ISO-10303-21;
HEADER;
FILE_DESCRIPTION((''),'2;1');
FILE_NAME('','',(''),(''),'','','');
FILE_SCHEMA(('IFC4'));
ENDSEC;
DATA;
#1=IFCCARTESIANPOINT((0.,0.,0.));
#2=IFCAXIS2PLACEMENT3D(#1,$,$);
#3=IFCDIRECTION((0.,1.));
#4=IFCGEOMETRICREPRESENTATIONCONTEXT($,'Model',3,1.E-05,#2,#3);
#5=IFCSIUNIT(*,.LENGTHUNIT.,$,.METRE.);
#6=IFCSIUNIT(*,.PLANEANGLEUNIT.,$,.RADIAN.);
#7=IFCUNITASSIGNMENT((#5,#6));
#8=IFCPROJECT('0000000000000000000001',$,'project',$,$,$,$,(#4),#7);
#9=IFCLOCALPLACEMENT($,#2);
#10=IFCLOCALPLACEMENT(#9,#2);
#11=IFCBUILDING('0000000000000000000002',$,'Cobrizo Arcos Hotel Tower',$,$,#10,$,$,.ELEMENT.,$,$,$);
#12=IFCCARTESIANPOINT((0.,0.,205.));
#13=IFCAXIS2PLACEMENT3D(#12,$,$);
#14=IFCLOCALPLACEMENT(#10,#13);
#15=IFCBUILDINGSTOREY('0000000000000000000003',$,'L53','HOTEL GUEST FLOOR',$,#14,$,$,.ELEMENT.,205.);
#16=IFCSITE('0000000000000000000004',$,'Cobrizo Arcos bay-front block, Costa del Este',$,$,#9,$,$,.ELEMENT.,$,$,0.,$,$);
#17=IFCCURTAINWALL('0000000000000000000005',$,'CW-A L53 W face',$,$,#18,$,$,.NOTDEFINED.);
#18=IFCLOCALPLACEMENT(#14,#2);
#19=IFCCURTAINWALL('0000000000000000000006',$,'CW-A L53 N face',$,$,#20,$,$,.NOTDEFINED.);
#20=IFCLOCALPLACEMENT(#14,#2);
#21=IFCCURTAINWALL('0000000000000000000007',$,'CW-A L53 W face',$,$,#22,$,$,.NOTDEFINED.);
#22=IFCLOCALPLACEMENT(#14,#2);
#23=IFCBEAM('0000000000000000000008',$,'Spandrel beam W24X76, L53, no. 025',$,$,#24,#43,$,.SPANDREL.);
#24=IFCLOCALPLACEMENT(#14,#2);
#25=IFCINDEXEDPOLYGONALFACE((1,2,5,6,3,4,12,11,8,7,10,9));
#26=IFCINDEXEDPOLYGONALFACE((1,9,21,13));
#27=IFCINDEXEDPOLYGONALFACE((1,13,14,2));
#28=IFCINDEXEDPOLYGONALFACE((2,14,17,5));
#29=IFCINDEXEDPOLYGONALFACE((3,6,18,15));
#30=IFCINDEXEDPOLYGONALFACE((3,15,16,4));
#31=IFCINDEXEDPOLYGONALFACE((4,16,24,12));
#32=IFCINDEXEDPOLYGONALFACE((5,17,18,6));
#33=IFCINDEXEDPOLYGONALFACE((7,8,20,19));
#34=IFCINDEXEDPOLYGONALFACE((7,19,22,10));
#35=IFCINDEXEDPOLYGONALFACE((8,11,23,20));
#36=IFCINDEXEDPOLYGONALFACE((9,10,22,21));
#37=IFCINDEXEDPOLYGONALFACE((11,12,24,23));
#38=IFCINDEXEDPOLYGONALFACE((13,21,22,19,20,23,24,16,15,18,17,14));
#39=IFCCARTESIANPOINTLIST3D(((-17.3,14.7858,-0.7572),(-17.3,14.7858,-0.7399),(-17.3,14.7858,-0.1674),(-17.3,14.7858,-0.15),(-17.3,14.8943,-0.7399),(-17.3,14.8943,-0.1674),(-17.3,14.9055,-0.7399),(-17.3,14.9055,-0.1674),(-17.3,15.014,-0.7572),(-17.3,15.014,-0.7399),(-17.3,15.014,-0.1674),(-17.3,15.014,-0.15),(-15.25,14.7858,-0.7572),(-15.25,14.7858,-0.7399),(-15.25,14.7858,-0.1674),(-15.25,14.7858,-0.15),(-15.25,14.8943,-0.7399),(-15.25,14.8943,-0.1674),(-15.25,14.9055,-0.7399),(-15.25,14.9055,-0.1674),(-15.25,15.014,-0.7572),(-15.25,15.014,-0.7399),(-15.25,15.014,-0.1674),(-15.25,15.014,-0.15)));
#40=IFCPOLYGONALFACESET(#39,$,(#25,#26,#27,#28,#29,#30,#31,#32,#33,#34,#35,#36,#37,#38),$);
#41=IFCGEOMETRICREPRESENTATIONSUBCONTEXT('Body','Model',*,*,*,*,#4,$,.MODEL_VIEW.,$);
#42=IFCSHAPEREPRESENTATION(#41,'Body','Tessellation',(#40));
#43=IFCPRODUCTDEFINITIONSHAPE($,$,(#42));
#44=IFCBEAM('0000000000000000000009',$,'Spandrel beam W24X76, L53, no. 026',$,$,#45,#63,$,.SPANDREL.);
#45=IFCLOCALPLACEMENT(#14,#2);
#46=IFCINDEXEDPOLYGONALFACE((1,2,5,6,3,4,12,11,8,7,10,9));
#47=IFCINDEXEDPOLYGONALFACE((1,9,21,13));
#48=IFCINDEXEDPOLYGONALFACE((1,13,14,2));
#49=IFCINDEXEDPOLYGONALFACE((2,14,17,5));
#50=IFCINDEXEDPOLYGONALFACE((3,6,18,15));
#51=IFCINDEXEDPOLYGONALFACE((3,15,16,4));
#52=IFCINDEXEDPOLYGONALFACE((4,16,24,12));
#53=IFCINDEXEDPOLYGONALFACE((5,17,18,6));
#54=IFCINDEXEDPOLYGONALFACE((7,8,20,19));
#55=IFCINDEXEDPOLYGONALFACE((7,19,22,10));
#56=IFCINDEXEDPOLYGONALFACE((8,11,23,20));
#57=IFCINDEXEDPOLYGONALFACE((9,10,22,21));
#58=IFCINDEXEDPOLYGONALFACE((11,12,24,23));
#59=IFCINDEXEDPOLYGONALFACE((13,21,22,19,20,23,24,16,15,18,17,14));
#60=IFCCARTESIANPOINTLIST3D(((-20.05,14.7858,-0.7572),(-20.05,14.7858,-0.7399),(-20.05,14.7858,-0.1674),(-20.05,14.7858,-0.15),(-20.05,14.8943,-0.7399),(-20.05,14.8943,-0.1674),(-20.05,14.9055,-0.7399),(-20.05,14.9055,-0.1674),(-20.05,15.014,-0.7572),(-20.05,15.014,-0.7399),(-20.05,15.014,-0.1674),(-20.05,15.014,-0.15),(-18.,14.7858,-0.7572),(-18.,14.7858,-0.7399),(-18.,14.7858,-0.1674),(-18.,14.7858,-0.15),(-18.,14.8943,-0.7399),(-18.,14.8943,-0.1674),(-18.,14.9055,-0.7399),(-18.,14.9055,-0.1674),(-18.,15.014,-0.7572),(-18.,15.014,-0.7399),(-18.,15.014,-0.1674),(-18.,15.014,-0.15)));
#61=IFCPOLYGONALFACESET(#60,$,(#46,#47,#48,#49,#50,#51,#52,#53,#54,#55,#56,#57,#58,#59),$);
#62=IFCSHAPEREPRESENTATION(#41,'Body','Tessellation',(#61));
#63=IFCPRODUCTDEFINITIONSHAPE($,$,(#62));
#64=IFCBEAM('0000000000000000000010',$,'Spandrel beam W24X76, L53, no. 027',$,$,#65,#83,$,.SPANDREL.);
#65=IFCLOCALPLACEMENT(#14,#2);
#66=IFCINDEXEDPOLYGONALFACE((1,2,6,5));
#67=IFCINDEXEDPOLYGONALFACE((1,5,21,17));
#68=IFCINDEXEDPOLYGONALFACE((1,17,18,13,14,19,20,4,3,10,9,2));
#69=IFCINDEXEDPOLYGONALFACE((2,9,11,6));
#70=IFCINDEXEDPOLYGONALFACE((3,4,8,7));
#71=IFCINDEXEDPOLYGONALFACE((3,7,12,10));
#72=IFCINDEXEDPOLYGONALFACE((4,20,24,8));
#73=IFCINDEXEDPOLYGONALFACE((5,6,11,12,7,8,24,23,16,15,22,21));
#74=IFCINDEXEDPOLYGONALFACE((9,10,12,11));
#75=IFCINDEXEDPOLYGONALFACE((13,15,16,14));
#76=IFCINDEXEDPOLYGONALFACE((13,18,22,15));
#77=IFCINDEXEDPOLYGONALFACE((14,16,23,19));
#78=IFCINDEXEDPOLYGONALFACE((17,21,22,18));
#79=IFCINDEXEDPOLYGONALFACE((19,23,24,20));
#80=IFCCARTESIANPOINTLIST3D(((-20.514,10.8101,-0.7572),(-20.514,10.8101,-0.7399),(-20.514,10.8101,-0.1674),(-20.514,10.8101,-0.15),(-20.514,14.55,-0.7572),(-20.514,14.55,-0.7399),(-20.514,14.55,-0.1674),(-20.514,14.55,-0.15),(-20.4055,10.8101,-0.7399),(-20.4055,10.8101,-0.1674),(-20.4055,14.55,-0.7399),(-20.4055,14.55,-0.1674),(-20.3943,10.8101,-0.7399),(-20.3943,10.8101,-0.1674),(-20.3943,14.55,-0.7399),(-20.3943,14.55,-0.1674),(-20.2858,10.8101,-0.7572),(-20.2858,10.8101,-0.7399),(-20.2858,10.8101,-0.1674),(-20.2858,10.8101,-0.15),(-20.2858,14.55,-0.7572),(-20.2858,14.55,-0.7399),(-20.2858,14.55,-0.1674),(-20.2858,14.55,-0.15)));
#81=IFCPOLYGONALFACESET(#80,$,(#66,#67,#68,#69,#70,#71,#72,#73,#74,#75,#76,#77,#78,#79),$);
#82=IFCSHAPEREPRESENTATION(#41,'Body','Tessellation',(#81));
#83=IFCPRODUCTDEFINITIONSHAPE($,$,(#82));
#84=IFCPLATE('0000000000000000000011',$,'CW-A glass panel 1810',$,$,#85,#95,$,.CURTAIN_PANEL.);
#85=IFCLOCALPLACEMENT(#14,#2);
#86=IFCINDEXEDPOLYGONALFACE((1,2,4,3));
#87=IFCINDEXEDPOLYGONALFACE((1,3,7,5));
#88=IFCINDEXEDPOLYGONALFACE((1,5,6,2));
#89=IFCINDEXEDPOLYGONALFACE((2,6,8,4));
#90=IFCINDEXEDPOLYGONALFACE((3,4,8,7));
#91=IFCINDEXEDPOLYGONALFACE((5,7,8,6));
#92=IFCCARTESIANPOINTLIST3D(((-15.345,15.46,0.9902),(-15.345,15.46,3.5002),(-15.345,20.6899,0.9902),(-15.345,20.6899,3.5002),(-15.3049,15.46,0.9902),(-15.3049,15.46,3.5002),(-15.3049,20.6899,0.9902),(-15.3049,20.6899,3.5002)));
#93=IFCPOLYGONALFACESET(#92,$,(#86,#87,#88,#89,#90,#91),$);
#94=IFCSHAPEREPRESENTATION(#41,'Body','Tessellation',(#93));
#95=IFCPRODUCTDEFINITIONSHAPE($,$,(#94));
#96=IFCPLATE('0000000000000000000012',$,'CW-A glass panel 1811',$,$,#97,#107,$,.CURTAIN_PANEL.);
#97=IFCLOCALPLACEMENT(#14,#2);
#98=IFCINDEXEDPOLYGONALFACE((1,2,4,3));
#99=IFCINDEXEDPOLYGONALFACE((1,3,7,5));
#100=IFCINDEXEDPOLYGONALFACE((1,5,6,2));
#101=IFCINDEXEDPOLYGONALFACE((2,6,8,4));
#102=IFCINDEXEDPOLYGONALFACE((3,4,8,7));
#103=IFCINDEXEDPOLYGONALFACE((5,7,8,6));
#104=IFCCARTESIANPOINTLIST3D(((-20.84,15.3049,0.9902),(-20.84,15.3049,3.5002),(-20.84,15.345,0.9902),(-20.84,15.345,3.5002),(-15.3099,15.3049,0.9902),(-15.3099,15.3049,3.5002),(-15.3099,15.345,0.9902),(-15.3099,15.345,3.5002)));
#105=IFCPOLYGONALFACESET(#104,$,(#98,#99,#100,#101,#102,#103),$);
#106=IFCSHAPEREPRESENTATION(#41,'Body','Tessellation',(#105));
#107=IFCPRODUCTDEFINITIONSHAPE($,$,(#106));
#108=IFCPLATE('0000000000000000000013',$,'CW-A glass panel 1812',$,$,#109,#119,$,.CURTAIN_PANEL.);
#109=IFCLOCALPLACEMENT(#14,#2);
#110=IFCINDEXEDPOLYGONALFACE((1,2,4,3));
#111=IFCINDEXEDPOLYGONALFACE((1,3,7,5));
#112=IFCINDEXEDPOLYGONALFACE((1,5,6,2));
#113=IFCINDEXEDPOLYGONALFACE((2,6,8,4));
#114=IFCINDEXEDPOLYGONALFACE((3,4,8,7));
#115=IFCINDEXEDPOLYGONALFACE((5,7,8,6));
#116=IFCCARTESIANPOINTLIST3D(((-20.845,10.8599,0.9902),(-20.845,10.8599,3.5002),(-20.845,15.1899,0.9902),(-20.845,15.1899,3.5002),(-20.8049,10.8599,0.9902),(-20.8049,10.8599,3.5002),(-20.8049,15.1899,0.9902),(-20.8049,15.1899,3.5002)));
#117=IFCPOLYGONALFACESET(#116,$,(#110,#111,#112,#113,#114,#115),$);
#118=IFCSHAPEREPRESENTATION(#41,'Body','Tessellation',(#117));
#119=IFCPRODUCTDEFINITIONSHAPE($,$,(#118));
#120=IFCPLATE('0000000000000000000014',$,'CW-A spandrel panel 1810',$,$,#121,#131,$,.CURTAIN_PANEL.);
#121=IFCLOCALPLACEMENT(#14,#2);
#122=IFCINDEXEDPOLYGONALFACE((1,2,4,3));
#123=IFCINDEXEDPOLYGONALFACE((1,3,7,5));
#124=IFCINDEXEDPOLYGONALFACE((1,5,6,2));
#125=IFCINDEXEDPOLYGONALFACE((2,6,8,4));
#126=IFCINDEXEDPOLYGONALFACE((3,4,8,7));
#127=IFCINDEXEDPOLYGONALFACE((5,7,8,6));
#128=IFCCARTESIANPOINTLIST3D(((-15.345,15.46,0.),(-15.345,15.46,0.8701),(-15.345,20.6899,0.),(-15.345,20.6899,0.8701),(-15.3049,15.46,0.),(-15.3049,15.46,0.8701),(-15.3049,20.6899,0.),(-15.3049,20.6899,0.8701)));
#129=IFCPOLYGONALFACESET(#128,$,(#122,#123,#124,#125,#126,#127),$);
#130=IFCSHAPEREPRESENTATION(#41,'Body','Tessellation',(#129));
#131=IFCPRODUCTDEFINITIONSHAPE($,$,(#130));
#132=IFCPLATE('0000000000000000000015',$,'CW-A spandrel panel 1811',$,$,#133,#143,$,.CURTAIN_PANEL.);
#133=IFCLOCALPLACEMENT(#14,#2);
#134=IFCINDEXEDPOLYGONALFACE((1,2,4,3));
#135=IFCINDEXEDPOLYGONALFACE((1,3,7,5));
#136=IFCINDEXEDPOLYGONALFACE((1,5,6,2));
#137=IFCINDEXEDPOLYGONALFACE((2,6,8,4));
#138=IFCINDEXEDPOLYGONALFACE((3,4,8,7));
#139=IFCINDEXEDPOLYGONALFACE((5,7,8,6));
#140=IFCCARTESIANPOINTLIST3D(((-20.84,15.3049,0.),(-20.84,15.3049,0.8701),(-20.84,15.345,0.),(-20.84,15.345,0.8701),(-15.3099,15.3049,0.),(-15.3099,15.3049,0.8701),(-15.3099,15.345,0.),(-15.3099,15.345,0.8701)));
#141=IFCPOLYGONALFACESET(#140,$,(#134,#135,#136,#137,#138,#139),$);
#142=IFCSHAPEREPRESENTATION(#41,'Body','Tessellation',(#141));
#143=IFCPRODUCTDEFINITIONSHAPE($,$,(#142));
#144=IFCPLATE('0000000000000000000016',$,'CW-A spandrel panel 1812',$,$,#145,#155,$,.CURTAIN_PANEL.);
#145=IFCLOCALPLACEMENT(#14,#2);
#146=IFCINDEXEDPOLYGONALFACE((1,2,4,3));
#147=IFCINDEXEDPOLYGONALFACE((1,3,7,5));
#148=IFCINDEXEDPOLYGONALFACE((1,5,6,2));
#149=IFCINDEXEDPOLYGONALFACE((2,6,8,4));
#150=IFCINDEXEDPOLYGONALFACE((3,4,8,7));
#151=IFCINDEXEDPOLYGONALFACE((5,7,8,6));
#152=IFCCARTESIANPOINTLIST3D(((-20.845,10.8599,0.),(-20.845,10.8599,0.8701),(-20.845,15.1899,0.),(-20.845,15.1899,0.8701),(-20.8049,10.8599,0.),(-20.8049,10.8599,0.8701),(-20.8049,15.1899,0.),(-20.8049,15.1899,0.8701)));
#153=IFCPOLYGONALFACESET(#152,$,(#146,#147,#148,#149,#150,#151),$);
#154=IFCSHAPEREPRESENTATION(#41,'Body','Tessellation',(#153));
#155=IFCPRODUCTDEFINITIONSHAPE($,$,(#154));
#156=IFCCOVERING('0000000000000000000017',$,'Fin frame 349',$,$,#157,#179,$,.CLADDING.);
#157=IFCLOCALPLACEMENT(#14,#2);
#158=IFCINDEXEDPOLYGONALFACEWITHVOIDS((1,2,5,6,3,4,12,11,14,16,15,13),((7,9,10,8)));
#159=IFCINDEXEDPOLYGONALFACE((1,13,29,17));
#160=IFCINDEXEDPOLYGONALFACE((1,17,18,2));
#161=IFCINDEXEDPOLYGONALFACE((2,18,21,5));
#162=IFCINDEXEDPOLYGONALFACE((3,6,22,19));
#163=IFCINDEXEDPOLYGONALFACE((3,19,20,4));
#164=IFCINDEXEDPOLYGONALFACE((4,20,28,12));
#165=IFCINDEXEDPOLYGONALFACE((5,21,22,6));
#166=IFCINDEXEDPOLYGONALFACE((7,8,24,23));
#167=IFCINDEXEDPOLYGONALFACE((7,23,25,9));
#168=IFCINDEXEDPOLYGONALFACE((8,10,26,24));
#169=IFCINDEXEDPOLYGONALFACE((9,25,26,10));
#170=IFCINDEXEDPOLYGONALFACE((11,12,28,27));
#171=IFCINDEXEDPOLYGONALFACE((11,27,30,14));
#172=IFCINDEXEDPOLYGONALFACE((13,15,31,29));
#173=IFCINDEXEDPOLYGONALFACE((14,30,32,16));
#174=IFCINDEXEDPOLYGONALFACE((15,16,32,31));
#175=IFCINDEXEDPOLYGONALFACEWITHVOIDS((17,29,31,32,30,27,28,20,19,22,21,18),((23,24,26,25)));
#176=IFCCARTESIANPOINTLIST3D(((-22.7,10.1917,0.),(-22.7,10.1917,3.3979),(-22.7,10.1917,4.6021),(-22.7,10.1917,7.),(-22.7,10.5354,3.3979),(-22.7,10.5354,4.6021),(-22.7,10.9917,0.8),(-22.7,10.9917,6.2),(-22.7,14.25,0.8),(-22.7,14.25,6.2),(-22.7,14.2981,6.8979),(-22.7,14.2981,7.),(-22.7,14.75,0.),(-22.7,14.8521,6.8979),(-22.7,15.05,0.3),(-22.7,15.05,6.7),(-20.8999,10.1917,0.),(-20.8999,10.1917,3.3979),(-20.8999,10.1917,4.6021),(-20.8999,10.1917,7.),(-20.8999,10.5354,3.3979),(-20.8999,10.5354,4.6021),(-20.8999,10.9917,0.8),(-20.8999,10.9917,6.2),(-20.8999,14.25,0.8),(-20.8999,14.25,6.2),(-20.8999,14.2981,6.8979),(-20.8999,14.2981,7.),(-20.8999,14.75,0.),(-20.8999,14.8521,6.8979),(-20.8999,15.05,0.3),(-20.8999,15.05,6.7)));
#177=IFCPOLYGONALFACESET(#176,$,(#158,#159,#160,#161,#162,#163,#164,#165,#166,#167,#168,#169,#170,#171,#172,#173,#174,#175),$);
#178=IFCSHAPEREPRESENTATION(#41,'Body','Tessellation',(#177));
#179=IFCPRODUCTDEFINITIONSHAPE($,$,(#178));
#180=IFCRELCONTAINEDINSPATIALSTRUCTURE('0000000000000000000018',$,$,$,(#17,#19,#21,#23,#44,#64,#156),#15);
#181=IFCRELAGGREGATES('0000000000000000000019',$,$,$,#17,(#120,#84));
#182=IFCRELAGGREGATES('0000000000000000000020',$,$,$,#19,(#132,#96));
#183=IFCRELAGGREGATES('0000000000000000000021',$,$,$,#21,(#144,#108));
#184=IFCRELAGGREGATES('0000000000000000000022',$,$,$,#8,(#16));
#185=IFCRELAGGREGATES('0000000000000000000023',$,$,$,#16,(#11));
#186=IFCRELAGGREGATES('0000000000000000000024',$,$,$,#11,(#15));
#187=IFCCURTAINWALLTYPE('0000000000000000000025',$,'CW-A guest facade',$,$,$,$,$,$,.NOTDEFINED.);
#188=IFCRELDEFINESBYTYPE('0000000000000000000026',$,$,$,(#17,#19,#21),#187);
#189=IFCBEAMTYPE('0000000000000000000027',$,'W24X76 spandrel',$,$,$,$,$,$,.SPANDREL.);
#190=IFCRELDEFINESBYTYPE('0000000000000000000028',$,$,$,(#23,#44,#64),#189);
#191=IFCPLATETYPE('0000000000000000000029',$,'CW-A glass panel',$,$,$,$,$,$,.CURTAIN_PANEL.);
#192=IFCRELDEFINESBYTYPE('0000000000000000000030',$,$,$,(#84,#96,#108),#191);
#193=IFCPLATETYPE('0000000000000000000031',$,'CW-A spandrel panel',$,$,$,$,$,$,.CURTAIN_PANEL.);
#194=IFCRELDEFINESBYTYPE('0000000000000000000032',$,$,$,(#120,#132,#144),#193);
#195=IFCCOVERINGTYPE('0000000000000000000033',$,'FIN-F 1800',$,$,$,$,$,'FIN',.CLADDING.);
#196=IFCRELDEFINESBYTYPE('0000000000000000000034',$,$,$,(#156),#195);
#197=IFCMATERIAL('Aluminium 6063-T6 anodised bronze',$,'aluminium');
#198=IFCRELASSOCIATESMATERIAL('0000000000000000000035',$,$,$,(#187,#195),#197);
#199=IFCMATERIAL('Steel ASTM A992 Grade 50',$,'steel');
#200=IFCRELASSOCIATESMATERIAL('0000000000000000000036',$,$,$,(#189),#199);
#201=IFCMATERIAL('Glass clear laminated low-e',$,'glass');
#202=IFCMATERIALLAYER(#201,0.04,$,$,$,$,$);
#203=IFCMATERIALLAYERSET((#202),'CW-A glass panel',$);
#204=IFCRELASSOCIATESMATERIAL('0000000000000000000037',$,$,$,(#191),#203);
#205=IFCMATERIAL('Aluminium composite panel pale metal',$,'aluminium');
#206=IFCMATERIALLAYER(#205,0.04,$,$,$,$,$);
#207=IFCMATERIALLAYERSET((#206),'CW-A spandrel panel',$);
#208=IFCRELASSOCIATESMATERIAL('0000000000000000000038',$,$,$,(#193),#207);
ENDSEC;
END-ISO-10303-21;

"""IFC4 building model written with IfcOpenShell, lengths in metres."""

from ifc_helpers import new_model, si_unit, direction, frame, origin, origin_2d, place, context, subcontext, project, spatial, polyline, rectangle, i_section, outline, extrude, material, layer, layer_set, material_profile, profile_set, type_object, element, aggregate, save


model = new_model("IFC4")

# Units and contexts
model_context = context("Model", 3, precision=1e-05, world=origin(), true_north=direction((0.0, 1.0)))
body_context = subcontext(model_context, "Body", "Model", "MODEL_VIEW")
ifc_project = project(units=[si_unit("LENGTHUNIT", "METRE"), si_unit("PLANEANGLEUNIT", "RADIAN")], contexts=[model_context])

# Site, building, storey
site_placement = place(None, origin())
site = spatial("IfcSite", under=ifc_project, at=site_placement, Name="Cobrizo Arcos bay-front block, Costa del Este", CompositionType="ELEMENT", RefElevation=0.0)
building_placement = place(site_placement, origin())
building = spatial("IfcBuilding", under=site, at=building_placement, Name="Cobrizo Arcos Hotel Tower", CompositionType="ELEMENT")
storey_placement = place(building_placement, frame((0.0, 0.0, 205.0)))
storey = spatial("IfcBuildingStorey", under=building, at=storey_placement, Name="L53", Description="HOTEL GUEST FLOOR", CompositionType="ELEMENT", Elevation=205.0)

# Shared definitions
ifc_material_1 = material(Name="Aluminium 6063-T6 anodised bronze", Category="aluminium")
curtain_wall_type = type_object("IfcCurtainWallType", Name="CW-A guest facade", PredefinedType="NOTDEFINED", material=ifc_material_1)

# Curtain walls
curtain_wall_1_placement = place(storey_placement, origin())
curtain_wall_1 = element("IfcCurtainWall", 1, at=curtain_wall_1_placement, inside=storey, type_object=curtain_wall_type, Name="CW-A L53 W face", PredefinedType="NOTDEFINED")
curtain_wall_2_placement = place(storey_placement, origin())
curtain_wall_2 = element("IfcCurtainWall", 2, at=curtain_wall_2_placement, inside=storey, type_object=curtain_wall_type, Name="CW-A L53 N face", PredefinedType="NOTDEFINED")

# Curtain wall
curtain_wall_3_placement = place(storey_placement, origin())
curtain_wall_3 = element("IfcCurtainWall", 3, at=curtain_wall_3_placement, inside=storey, type_object=curtain_wall_type, Name="CW-A L53 W face", PredefinedType="NOTDEFINED")

# Beams
ifc_material_2 = material(Name="Steel ASTM A992 Grade 50", Category="steel")
ifc_material_profile_1 = material_profile(ifc_material_2, i_section(OverallWidth=0.2283, OverallDepth=0.6072, WebThickness=0.0112, FlangeThickness=0.0173, at=origin_2d()), Name="W24X76")
ifc_profile_set_1 = profile_set([ifc_material_profile_1], Name="Steel ASTM A992 Grade 50")
beam_type = type_object("IfcBeamType", Name="W24X76 spandrel", PredefinedType="SPANDREL", material=ifc_profile_set_1)
for number, where, z_axis, x_axis, name in (
    (4, (-15.25, 14.8999, -0.4536), (-1.0, 0.0, 0.0), (0.0, -1.0, 0.0), "Spandrel beam W24X76, L53, no. 025"),
    (5, (-18.0, 14.8999, -0.4536), (-1.0, 0.0, 0.0), (0.0, -1.0, 0.0), "Spandrel beam W24X76, L53, no. 026"),
):
    element("IfcBeam", number, at=place(storey_placement, frame(where, z_axis=z_axis, x_axis=x_axis)), inside=storey, type_object=beam_type, Name=name, PredefinedType="SPANDREL", context=body_context, shape_type="SweptSolid", body=[
        extrude(i_section(OverallWidth=0.2283, OverallDepth=0.6072, WebThickness=0.0112, FlangeThickness=0.0173, at=origin_2d()), origin(), (0.0, 0.0, 1.0), 2.05),
    ])
beam_placement = place(storey_placement, frame((-20.3999, 14.55, -0.4536), z_axis=(0.0, -1.0, 0.0), x_axis=(1.0, 0.0, 0.0)))
element("IfcBeam", 6, at=beam_placement, inside=storey, type_object=beam_type, Name="Spandrel beam W24X76, L53, no. 027", PredefinedType="SPANDREL", context=body_context, shape_type="SweptSolid", body=[
    extrude(i_section(OverallWidth=0.2283, OverallDepth=0.6072, WebThickness=0.0112, FlangeThickness=0.0173, at=origin_2d()), origin(), (0.0, 0.0, 1.0), 3.74),
])

# Plates
ifc_material_3 = material(Name="Glass clear laminated low-e", Category="glass")
ifc_layer_1 = layer(ifc_material_3, 0.04)
ifc_layer_set_1 = layer_set([ifc_layer_1], Name="CW-A glass panel")
plate_type_1 = type_object("IfcPlateType", Name="CW-A glass panel", PredefinedType="CURTAIN_PANEL", material=ifc_layer_set_1)
plate_1_placement = place(storey_placement, frame((-15.325, 18.075, 0.9902), z_axis=(0.0, 0.0, 1.0), x_axis=(0.0, -1.0, 0.0)))
plate_1 = element("IfcPlate", 7, at=plate_1_placement, type_object=plate_type_1, Name="CW-A glass panel 1810", PredefinedType="CURTAIN_PANEL", context=body_context, shape_type="SweptSolid", body=[
    extrude(rectangle(XDim=5.23, YDim=0.04, at=origin_2d()), origin(), (0.0, 0.0, 1.0), 2.51),
])
plate_2_placement = place(storey_placement, frame((-18.075, 15.325, 0.9902), z_axis=(0.0, 0.0, 1.0), x_axis=(-1.0, 0.0, 0.0)))
plate_2 = element("IfcPlate", 8, at=plate_2_placement, type_object=plate_type_1, Name="CW-A glass panel 1811", PredefinedType="CURTAIN_PANEL", context=body_context, shape_type="SweptSolid", body=[
    extrude(rectangle(XDim=5.53, YDim=0.04, at=origin_2d()), origin(), (0.0, 0.0, 1.0), 2.51),
])
plate_3_placement = place(storey_placement, frame((-20.825, 13.0249, 0.9902), z_axis=(0.0, 0.0, 1.0), x_axis=(0.0, -1.0, 0.0)))
plate_3 = element("IfcPlate", 9, at=plate_3_placement, type_object=plate_type_1, Name="CW-A glass panel 1812", PredefinedType="CURTAIN_PANEL", context=body_context, shape_type="SweptSolid", body=[
    extrude(rectangle(XDim=4.3301, YDim=0.04, at=origin_2d()), origin(), (0.0, 0.0, 1.0), 2.51),
])
ifc_material_4 = material(Name="Aluminium composite panel pale metal", Category="aluminium")
ifc_layer_2 = layer(ifc_material_4, 0.04)
ifc_layer_set_2 = layer_set([ifc_layer_2], Name="CW-A spandrel panel")
plate_type_2 = type_object("IfcPlateType", Name="CW-A spandrel panel", PredefinedType="CURTAIN_PANEL", material=ifc_layer_set_2)
plate_4_placement = place(storey_placement, frame((-15.325, 18.075, 0.0), z_axis=(0.0, 0.0, 1.0), x_axis=(0.0, -1.0, 0.0)))
plate_4 = element("IfcPlate", 10, at=plate_4_placement, type_object=plate_type_2, Name="CW-A spandrel panel 1810", PredefinedType="CURTAIN_PANEL", context=body_context, shape_type="SweptSolid", body=[
    extrude(rectangle(XDim=5.23, YDim=0.04, at=origin_2d()), origin(), (0.0, 0.0, 1.0), 0.8701),
])
aggregate(curtain_wall_1, [plate_4, plate_1])
plate_5_placement = place(storey_placement, frame((-18.075, 15.325, 0.0), z_axis=(0.0, 0.0, 1.0), x_axis=(-1.0, 0.0, 0.0)))
plate_5 = element("IfcPlate", 11, at=plate_5_placement, type_object=plate_type_2, Name="CW-A spandrel panel 1811", PredefinedType="CURTAIN_PANEL", context=body_context, shape_type="SweptSolid", body=[
    extrude(rectangle(XDim=5.53, YDim=0.04, at=origin_2d()), origin(), (0.0, 0.0, 1.0), 0.8701),
])
aggregate(curtain_wall_2, [plate_5, plate_2])
plate_6_placement = place(storey_placement, frame((-20.825, 13.0249, 0.0), z_axis=(0.0, 0.0, 1.0), x_axis=(0.0, -1.0, 0.0)))
plate_6 = element("IfcPlate", 12, at=plate_6_placement, type_object=plate_type_2, Name="CW-A spandrel panel 1812", PredefinedType="CURTAIN_PANEL", context=body_context, shape_type="SweptSolid", body=[
    extrude(rectangle(XDim=4.3301, YDim=0.04, at=origin_2d()), origin(), (0.0, 0.0, 1.0), 0.8701),
])
aggregate(curtain_wall_3, [plate_6, plate_3])

# Covering
covering_type = type_object("IfcCoveringType", Name="FIN-F 1800", ElementType="FIN", PredefinedType="CLADDING", material=ifc_material_1)
covering_placement = place(storey_placement, frame((-20.8999, 15.05, 0.0), z_axis=(-1.0, 0.0, 0.0), x_axis=(0.0, -1.0, 0.0)))
element("IfcCovering", 13, at=covering_placement, inside=storey, type_object=covering_type, Name="Fin frame 349", PredefinedType="CLADDING", context=body_context, shape_type="SweptSolid", body=[
    extrude(outline(polyline([(4.8584, 0.0), (4.8584, 3.3979), (4.5146, 3.3979), (4.5146, 4.6021), (4.8584, 4.6021), (4.8584, 7.0), (0.752, 7.0), (0.752, 6.8979), (0.198, 6.8979), (0.0, 6.7), (0.0, 0.3), (0.3, 0.0), (4.8584, 0.0)]), holes=[polyline([(4.0583, 0.8), (0.8, 0.8), (0.8, 6.2), (4.0583, 6.2), (4.0583, 0.8)])]), origin(), (0.0, 0.0, 1.0), 1.8),
])

save(model, "model.ifc")
